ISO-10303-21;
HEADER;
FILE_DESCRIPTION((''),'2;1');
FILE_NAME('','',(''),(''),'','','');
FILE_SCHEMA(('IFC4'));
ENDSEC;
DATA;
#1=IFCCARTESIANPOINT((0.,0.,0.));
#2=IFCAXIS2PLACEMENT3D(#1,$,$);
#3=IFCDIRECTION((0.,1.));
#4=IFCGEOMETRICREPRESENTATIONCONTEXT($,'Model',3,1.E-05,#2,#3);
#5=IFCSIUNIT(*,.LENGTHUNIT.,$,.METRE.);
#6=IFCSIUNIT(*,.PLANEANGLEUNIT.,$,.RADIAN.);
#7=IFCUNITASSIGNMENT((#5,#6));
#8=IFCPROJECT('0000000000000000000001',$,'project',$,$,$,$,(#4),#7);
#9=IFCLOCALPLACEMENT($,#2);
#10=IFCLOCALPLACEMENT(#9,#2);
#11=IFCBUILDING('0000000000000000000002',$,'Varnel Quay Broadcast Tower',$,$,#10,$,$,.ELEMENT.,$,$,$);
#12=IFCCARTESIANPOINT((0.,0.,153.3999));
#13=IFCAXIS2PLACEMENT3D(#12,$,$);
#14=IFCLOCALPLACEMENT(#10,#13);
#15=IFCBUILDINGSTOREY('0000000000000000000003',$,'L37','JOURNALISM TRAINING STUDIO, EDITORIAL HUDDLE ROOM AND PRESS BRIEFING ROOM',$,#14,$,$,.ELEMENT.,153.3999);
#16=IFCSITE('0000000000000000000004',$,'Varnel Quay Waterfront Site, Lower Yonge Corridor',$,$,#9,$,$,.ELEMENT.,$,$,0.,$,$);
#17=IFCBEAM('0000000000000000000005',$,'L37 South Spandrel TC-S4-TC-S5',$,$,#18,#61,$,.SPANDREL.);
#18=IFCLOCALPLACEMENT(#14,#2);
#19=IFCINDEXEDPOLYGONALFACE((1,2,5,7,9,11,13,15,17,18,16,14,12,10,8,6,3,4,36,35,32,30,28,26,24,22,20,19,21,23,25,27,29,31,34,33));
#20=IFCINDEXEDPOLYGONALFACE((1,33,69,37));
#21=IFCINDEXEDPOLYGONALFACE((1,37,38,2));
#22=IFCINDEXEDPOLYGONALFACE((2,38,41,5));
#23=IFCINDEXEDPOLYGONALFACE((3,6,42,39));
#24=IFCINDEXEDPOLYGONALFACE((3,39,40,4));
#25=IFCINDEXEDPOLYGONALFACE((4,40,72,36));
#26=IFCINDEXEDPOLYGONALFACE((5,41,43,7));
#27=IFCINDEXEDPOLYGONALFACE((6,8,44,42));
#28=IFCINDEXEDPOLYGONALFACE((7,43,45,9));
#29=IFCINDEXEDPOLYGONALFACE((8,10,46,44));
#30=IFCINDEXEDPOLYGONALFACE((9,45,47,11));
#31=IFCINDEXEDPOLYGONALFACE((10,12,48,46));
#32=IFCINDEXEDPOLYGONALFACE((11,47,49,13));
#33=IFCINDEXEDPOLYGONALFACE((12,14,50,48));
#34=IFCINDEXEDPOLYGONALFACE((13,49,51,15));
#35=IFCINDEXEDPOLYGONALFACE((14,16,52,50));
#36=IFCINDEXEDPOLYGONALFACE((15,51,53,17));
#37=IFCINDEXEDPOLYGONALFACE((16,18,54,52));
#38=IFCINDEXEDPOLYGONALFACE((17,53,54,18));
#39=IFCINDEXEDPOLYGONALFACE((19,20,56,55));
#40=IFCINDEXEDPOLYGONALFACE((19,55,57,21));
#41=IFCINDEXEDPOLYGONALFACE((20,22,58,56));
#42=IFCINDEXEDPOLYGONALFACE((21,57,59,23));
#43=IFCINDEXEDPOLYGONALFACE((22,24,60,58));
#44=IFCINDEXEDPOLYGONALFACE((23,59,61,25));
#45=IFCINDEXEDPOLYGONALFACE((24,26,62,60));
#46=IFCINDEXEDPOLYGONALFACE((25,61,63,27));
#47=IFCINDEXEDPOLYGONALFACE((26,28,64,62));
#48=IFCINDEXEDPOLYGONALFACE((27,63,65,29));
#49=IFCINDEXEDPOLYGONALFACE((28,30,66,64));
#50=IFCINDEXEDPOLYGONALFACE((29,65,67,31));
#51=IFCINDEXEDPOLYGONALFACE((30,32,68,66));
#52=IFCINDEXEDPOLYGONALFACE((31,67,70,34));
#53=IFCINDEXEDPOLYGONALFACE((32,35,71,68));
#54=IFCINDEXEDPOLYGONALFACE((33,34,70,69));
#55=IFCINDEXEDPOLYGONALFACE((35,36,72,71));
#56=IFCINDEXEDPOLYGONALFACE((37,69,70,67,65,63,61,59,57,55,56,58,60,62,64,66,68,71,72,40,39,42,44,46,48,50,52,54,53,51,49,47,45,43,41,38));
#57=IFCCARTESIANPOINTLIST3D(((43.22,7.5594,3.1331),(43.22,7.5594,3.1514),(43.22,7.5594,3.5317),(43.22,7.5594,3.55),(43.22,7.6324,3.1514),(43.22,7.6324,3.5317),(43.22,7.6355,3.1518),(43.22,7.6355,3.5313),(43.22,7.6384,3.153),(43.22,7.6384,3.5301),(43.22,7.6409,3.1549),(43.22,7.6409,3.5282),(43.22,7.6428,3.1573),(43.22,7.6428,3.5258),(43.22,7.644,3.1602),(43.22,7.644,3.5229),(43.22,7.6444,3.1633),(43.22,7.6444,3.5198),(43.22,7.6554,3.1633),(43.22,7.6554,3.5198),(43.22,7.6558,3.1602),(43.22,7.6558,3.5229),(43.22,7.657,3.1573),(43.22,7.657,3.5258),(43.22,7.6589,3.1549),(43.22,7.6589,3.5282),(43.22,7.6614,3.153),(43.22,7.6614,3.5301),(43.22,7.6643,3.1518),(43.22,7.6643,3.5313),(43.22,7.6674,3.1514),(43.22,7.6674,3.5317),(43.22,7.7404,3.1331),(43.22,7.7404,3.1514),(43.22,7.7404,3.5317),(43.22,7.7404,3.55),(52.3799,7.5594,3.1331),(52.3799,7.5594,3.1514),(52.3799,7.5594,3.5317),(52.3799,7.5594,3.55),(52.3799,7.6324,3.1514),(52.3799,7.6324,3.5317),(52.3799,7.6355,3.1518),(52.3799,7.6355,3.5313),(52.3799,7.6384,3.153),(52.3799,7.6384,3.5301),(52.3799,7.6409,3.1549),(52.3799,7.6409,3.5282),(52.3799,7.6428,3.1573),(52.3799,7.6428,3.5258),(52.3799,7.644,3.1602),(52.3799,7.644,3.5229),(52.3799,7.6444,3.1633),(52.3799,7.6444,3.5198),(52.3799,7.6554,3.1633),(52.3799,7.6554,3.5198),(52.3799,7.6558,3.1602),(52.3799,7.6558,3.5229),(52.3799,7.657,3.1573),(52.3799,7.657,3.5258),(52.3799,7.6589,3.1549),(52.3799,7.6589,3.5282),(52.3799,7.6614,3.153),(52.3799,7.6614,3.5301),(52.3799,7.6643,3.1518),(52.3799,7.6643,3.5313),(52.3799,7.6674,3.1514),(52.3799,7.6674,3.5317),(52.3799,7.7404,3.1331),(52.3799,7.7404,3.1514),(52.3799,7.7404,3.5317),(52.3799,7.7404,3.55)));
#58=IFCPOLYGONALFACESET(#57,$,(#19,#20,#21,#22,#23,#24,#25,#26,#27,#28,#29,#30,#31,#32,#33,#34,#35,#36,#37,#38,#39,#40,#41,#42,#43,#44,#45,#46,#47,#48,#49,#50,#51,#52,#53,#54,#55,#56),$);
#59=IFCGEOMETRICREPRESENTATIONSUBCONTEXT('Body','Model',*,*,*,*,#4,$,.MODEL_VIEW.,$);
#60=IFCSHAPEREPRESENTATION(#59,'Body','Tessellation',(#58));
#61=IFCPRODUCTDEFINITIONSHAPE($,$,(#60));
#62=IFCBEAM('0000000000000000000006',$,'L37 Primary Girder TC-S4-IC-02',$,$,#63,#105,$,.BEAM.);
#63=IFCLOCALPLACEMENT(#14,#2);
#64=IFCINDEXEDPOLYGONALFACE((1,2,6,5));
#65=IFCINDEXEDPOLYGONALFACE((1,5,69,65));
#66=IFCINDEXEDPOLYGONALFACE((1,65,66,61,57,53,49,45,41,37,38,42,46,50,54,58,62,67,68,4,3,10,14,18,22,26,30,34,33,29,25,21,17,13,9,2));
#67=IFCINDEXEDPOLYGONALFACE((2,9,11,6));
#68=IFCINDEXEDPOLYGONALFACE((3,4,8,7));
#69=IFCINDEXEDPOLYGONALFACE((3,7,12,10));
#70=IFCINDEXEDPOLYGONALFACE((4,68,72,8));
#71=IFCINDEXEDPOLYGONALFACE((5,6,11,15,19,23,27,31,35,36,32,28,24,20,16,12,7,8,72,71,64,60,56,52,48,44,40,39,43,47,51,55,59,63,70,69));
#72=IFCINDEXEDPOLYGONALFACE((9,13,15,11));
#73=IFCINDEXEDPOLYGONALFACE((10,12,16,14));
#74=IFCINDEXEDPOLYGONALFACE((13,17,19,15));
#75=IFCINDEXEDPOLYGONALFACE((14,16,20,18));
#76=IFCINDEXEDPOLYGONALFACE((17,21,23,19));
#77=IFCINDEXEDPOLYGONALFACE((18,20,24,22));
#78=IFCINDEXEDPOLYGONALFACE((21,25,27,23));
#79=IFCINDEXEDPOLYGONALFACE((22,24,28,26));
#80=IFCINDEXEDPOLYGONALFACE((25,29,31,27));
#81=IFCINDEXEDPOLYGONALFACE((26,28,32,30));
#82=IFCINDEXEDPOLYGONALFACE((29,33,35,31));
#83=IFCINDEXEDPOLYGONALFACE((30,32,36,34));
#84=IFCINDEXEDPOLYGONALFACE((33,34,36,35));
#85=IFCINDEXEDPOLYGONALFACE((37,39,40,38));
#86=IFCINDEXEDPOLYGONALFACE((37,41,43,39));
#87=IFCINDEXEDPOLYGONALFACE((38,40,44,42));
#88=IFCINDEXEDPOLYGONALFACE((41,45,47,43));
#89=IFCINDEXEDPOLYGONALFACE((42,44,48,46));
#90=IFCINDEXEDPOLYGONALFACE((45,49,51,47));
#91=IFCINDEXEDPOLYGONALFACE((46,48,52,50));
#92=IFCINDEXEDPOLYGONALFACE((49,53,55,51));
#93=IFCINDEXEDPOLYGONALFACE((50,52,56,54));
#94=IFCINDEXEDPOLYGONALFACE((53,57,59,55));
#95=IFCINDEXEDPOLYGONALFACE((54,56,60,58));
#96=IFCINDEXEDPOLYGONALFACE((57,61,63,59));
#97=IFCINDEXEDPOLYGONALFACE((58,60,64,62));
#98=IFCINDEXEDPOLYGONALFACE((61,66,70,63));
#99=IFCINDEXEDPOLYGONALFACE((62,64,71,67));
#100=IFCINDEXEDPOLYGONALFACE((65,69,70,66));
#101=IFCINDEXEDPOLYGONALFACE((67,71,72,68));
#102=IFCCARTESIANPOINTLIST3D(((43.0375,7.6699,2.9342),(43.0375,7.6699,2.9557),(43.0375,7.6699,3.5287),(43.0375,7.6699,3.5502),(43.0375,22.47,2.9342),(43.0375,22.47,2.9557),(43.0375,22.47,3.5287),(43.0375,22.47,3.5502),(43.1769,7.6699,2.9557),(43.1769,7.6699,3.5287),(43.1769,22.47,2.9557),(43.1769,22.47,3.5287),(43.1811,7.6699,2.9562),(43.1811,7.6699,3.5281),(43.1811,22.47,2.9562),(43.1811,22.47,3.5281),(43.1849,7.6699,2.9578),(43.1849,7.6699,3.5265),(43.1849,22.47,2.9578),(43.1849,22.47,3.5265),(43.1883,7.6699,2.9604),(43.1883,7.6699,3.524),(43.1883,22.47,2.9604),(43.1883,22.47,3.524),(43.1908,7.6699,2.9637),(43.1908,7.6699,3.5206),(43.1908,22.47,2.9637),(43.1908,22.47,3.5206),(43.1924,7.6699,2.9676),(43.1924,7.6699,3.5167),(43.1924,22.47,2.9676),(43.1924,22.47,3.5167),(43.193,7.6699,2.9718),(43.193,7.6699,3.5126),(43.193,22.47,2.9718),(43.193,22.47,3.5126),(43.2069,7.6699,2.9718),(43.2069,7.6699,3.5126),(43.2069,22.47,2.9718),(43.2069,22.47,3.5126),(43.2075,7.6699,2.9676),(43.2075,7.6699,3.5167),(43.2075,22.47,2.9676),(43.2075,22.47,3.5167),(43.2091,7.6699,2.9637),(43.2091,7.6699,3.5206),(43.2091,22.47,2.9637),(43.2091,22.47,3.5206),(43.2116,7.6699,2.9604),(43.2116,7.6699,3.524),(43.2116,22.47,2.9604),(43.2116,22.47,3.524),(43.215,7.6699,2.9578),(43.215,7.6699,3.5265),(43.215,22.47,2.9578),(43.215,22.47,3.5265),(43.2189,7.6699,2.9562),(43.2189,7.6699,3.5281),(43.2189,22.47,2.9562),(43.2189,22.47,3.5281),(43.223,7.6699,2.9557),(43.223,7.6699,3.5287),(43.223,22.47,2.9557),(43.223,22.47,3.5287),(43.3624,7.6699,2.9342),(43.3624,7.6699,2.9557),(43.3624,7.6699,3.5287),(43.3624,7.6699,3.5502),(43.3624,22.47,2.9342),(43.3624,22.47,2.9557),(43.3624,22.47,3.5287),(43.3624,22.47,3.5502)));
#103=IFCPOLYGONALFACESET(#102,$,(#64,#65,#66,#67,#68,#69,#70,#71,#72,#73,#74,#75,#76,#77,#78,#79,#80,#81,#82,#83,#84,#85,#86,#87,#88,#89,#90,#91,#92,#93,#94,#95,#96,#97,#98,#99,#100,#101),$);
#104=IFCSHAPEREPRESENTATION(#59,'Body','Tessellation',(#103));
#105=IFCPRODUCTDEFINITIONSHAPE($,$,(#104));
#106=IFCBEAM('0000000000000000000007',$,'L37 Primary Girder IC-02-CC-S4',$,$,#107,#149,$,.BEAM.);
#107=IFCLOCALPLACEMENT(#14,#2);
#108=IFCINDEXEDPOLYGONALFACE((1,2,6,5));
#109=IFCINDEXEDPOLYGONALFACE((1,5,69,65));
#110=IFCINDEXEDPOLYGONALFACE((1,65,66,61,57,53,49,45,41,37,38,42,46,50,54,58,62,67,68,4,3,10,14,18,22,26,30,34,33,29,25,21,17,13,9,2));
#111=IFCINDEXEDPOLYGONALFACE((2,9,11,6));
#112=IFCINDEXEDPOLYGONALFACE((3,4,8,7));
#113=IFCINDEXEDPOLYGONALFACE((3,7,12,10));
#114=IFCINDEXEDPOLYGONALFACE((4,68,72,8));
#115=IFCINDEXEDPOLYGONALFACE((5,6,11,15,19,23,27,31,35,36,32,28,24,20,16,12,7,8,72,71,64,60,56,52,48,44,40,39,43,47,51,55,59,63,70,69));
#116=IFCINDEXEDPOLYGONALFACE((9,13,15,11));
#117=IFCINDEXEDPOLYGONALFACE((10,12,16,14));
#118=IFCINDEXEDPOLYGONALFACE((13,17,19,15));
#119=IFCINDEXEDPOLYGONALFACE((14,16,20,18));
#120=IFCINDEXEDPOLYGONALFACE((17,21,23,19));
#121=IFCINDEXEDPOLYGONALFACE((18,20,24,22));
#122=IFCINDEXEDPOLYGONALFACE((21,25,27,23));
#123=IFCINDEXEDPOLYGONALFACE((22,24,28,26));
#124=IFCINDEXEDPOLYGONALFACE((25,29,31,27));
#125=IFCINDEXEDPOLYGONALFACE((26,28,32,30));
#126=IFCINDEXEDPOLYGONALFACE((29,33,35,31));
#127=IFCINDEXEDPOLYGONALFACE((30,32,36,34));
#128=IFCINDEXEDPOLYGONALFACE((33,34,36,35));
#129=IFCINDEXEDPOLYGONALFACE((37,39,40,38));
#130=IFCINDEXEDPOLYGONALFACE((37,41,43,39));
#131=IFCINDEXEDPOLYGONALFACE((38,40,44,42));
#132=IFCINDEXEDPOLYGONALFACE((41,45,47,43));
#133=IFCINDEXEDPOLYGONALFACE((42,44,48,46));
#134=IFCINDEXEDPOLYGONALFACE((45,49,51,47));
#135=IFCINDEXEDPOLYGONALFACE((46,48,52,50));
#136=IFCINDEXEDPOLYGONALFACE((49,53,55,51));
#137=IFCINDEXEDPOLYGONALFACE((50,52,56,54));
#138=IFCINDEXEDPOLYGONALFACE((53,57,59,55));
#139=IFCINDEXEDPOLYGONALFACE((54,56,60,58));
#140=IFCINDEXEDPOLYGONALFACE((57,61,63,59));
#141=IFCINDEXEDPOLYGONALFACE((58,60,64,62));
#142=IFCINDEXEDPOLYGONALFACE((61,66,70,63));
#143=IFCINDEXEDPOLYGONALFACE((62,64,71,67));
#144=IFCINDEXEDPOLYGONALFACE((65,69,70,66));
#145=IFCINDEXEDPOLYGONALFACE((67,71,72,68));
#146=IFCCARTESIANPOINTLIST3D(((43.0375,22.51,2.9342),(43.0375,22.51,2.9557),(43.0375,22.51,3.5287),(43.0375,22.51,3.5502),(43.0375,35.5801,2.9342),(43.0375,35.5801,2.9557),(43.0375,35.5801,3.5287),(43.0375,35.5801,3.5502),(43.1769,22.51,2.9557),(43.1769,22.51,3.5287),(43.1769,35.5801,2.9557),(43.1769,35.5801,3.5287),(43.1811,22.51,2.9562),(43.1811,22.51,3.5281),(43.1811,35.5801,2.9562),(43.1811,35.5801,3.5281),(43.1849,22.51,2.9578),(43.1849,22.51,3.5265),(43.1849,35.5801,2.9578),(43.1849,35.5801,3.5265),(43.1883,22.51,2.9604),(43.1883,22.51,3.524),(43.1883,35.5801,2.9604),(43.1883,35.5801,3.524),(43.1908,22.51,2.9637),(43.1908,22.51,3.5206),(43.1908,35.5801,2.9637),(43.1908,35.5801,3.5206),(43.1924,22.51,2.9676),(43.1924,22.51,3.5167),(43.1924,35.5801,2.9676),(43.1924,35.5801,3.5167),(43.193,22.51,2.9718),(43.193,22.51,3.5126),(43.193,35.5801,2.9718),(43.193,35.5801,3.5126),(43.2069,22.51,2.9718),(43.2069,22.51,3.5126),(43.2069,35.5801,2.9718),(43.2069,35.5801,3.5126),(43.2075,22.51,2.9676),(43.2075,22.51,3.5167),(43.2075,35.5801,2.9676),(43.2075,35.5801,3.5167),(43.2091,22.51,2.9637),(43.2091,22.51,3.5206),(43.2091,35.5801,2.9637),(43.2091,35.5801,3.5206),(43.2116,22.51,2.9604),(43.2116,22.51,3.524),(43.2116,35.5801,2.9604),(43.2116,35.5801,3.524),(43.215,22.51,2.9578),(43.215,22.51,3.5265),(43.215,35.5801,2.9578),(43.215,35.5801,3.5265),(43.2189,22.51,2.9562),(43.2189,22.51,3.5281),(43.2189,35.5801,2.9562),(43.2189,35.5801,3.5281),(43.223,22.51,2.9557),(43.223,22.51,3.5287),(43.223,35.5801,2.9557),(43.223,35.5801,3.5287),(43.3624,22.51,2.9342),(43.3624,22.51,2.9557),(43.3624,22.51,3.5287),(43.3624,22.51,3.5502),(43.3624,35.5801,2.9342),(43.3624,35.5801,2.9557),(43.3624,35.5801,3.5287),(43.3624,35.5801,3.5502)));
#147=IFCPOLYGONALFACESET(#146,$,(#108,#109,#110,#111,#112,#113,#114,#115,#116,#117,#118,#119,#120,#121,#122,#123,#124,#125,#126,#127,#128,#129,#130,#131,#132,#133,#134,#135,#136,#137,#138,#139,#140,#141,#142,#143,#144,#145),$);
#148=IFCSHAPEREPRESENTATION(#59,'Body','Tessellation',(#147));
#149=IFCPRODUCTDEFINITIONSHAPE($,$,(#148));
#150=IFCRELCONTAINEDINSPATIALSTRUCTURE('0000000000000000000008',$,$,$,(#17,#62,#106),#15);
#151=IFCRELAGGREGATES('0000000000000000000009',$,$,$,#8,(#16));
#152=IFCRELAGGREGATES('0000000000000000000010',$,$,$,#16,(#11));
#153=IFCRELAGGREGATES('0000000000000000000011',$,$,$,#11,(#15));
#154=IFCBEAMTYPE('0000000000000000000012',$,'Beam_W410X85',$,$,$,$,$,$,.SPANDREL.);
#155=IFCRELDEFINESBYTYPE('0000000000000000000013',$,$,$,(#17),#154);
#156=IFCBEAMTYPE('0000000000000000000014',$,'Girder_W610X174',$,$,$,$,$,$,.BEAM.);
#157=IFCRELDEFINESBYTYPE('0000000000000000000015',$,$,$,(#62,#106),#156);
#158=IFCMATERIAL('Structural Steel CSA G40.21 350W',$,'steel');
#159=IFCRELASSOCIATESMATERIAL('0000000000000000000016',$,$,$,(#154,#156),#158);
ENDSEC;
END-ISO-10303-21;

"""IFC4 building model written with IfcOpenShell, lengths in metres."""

from ifc_helpers import new_model, si_unit, direction, frame, origin, origin_2d, place, context, subcontext, project, spatial, i_section, extrude, source, transform, mapped, material, material_profile, profile_set, type_object, type_shapes, element, save


model = new_model("IFC4")

# Units and contexts
model_context = context("Model", 3, precision=1e-05, world=origin(), true_north=direction((0.0, 1.0)))
body_context = subcontext(model_context, "Body", "Model", "MODEL_VIEW")
ifc_project = project(units=[si_unit("LENGTHUNIT", "METRE"), si_unit("PLANEANGLEUNIT", "RADIAN")], contexts=[model_context])

# Site, building, storey
site_placement = place(None, origin())
site = spatial("IfcSite", under=ifc_project, at=site_placement, Name="Varnel Quay Waterfront Site, Lower Yonge Corridor", CompositionType="ELEMENT", RefElevation=0.0)
building_placement = place(site_placement, origin())
building = spatial("IfcBuilding", under=site, at=building_placement, Name="Varnel Quay Broadcast Tower", CompositionType="ELEMENT")
storey_placement = place(building_placement, frame((0.0, 0.0, 153.3999)))
storey = spatial("IfcBuildingStorey", under=building, at=storey_placement, Name="L37", Description="JOURNALISM TRAINING STUDIO, EDITORIAL HUDDLE ROOM AND PRESS BRIEFING ROOM", CompositionType="ELEMENT", Elevation=153.3999)

# Shared definitions
ifc_material_1 = material(Name="Structural Steel CSA G40.21 350W", Category="steel")

# Beams
ifc_material_profile_1 = material_profile(ifc_material_1, i_section(OverallWidth=0.1809, OverallDepth=0.417, WebThickness=0.011, FlangeThickness=0.0183, FilletRadius=0.012, at=origin_2d()), Name="W410X85")
ifc_profile_set_1 = profile_set([ifc_material_profile_1], Name="Structural Steel CSA G40.21 350W")
beam_type_1 = type_object("IfcBeamType", Name="Beam_W410X85", PredefinedType="SPANDREL", material=ifc_profile_set_1)
shared_shape_1 = source(origin(), body_context, "Body", "SweptSolid", [
    extrude(i_section(OverallWidth=0.1809, OverallDepth=0.417, WebThickness=0.011, FlangeThickness=0.0183, FilletRadius=0.012, at=origin_2d()), origin(), (0.0, 0.0, 1.0), 9.1599),
])
type_shapes(beam_type_1, [shared_shape_1])
for number, where, z_axis, x_axis, name in (
    (1, (43.22, 7.6499, 3.3416), (1.0, 0.0, 0.0), (0.0, 1.0, 0.0), "L37 South Spandrel TC-S4-TC-S5"),
):
    element("IfcBeam", number, at=place(storey_placement, frame(where, z_axis=z_axis, x_axis=x_axis)), inside=storey, type_object=beam_type_1, Name=name, PredefinedType="SPANDREL", context=body_context, shape_type="MappedRepresentation", body=[
        mapped(shared_shape_1, transform((0.0, 0.0, 0.0), x_axis=(1.0, 0.0, 0.0), y_axis=(0.0, 1.0, 0.0), z_axis=(0.0, 0.0, 1.0), scale=1.0)),
    ])
ifc_material_profile_2 = material_profile(ifc_material_1, i_section(OverallWidth=0.325, OverallDepth=0.616, WebThickness=0.0139, FlangeThickness=0.0215, FilletRadius=0.0161, at=origin_2d()), Name="W610X174")
ifc_profile_set_2 = profile_set([ifc_material_profile_2], Name="Structural Steel CSA G40.21 350W")
beam_type_2 = type_object("IfcBeamType", Name="Girder_W610X174", PredefinedType="BEAM", material=ifc_profile_set_2)
shared_shape_2 = source(origin(), body_context, "Body", "SweptSolid", [
    extrude(i_section(OverallWidth=0.325, OverallDepth=0.616, WebThickness=0.0139, FlangeThickness=0.0215, FilletRadius=0.0161, at=origin_2d()), origin(), (0.0, 0.0, 1.0), 14.8),
])
beam_1_placement = place(storey_placement, frame((43.2, 7.6699, 3.2422), z_axis=(0.0, 1.0, 0.0), x_axis=(-1.0, 0.0, 0.0)))
element("IfcBeam", 2, at=beam_1_placement, inside=storey, type_object=beam_type_2, Name="L37 Primary Girder TC-S4-IC-02", PredefinedType="BEAM", context=body_context, shape_type="MappedRepresentation", body=[
    mapped(shared_shape_2, transform((0.0, 0.0, 0.0), x_axis=(1.0, 0.0, 0.0), y_axis=(0.0, 1.0, 0.0), z_axis=(0.0, 0.0, 1.0), scale=1.0)),
])
shared_shape_3 = source(origin(), body_context, "Body", "SweptSolid", [
    extrude(i_section(OverallWidth=0.325, OverallDepth=0.616, WebThickness=0.0139, FlangeThickness=0.0215, FilletRadius=0.0161, at=origin_2d()), origin(), (0.0, 0.0, 1.0), 13.0701),
])
beam_2_placement = place(storey_placement, frame((43.2, 22.51, 3.2422), z_axis=(0.0, 1.0, 0.0), x_axis=(-1.0, 0.0, 0.0)))
element("IfcBeam", 3, at=beam_2_placement, inside=storey, type_object=beam_type_2, Name="L37 Primary Girder IC-02-CC-S4", PredefinedType="BEAM", context=body_context, shape_type="MappedRepresentation", body=[
    mapped(shared_shape_3, transform((0.0, 0.0, 0.0), x_axis=(1.0, 0.0, 0.0), y_axis=(0.0, 1.0, 0.0), z_axis=(0.0, 0.0, 1.0), scale=1.0)),
])

save(model, "model.ifc")
